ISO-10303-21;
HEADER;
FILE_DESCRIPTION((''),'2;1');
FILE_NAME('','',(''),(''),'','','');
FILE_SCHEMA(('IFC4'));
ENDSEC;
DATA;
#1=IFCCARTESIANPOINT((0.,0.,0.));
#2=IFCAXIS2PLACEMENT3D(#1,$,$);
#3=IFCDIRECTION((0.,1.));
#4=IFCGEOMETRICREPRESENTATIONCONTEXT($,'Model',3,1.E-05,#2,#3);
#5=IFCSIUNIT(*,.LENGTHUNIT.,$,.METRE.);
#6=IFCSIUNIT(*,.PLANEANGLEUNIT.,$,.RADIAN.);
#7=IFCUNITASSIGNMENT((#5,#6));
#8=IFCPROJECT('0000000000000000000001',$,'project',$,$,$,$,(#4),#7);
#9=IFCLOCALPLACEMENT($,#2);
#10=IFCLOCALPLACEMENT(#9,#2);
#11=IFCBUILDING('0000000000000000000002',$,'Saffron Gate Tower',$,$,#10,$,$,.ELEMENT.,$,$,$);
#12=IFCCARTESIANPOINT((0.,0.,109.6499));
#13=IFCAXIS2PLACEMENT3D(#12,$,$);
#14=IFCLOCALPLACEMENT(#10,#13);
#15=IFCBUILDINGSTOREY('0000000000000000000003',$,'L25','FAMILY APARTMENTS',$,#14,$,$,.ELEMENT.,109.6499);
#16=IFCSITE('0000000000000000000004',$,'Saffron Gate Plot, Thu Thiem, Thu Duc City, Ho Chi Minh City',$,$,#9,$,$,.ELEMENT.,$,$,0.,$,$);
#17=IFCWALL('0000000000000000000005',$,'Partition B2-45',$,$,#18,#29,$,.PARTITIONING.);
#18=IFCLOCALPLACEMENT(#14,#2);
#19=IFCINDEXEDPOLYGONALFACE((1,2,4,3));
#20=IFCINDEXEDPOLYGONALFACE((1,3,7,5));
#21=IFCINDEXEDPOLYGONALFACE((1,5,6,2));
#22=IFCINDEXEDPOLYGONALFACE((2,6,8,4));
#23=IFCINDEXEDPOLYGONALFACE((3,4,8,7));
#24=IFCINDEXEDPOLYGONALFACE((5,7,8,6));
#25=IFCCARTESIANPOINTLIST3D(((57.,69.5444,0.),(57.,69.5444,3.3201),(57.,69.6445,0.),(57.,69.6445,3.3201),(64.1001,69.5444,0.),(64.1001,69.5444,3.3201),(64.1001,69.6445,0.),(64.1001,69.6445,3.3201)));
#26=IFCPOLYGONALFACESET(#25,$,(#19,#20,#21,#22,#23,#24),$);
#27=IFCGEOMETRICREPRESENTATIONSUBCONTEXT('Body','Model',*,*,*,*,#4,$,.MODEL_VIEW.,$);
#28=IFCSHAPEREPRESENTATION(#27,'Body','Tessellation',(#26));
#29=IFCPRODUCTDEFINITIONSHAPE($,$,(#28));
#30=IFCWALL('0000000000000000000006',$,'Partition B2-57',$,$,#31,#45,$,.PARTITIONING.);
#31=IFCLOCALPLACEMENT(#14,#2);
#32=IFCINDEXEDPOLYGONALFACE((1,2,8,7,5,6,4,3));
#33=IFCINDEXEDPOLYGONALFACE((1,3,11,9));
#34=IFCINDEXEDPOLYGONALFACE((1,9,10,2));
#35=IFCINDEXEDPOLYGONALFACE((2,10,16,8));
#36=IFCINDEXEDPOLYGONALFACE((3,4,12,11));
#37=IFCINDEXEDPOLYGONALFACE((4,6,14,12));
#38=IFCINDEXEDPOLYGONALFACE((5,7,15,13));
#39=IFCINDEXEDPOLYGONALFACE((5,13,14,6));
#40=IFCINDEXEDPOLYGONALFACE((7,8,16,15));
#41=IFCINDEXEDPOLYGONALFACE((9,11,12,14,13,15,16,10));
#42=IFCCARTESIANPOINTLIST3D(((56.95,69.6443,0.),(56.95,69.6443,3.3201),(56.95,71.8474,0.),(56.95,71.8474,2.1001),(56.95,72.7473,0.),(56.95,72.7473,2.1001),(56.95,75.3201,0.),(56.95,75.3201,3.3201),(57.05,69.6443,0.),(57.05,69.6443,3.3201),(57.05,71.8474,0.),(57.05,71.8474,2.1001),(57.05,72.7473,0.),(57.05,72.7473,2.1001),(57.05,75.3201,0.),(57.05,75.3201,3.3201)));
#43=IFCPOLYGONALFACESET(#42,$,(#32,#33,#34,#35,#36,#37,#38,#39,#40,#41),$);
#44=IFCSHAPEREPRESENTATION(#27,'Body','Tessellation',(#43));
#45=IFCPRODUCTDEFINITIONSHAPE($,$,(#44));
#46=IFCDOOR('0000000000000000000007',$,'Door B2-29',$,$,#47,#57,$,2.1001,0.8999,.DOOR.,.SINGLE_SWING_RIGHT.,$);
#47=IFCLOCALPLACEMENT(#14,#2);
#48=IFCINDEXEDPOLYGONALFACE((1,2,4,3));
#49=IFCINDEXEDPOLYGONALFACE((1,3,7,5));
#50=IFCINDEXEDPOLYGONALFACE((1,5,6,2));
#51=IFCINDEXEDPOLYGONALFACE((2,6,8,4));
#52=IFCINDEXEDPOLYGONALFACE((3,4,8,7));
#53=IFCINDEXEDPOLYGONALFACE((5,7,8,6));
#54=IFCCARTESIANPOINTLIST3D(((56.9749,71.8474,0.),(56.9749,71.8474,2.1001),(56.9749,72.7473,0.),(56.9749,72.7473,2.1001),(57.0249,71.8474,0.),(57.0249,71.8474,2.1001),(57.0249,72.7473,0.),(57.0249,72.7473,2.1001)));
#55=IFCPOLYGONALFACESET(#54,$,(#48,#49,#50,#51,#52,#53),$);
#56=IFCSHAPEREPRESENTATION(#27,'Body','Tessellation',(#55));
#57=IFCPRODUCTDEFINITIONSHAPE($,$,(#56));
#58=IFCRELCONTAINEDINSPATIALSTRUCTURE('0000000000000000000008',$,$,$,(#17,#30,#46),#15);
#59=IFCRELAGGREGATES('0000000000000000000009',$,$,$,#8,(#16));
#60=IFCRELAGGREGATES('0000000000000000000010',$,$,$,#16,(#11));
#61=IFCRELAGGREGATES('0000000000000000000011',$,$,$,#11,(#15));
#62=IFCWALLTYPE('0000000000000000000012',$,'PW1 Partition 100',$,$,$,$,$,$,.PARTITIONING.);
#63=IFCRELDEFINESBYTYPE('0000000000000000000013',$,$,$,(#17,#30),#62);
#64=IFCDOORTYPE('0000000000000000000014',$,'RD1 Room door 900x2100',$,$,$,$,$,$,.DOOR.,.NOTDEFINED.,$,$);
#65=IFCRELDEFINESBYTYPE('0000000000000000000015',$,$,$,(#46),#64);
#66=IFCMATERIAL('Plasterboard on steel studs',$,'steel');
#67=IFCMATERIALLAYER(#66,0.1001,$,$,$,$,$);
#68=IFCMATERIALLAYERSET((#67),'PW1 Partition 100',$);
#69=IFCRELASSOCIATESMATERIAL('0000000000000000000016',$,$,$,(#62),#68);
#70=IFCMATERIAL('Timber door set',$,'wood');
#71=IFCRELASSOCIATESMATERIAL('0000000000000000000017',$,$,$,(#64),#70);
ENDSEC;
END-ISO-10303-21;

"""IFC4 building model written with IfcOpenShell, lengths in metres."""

from ifc_helpers import new_model, si_unit, direction, frame, frame_2d, origin, place, context, subcontext, project, spatial, rectangle, extrude, material, layer, layer_set, type_object, element, fill, save


model = new_model("IFC4")

# Units and contexts
model_context = context("Model", 3, precision=1e-05, world=origin(), true_north=direction((0.0, 1.0)))
body_context = subcontext(model_context, "Body", "Model", "MODEL_VIEW")
ifc_project = project(units=[si_unit("LENGTHUNIT", "METRE"), si_unit("PLANEANGLEUNIT", "RADIAN")], contexts=[model_context])

# Site, building, storey
site_placement = place(None, origin())
site = spatial("IfcSite", under=ifc_project, at=site_placement, Name="Saffron Gate Plot, Thu Thiem, Thu Duc City, Ho Chi Minh City", CompositionType="ELEMENT", RefElevation=0.0)
building_placement = place(site_placement, origin())
building = spatial("IfcBuilding", under=site, at=building_placement, Name="Saffron Gate Tower", CompositionType="ELEMENT")
storey_placement = place(building_placement, frame((0.0, 0.0, 109.6499)))
storey = spatial("IfcBuildingStorey", under=building, at=storey_placement, Name="L25", Description="FAMILY APARTMENTS", CompositionType="ELEMENT", Elevation=109.6499)

# Wall
ifc_material_1 = material(Name="Plasterboard on steel studs", Category="steel")
ifc_layer_1 = layer(ifc_material_1, 0.1001)
ifc_layer_set_1 = layer_set([ifc_layer_1], Name="PW1 Partition 100")
wall_type_1 = type_object("IfcWallType", Name="PW1 Partition 100", PredefinedType="PARTITIONING", material=ifc_layer_set_1)
wall_1_placement = place(storey_placement, frame((57.0, 69.5945, 0.0), z_axis=(0.0, 0.0, 1.0), x_axis=(1.0, 0.0, 0.0)))
element("IfcWall", 1, at=wall_1_placement, inside=storey, type_object=wall_type_1, Name="Partition B2-45", PredefinedType="PARTITIONING", context=body_context, shape_type="SweptSolid", body=[
    extrude(rectangle(XDim=7.1001, YDim=0.1001, at=frame_2d((3.55, 0.0))), origin(), (0.0, 0.0, 1.0), 3.3201),
])

# Wall, opening, door
wall_2_placement = place(storey_placement, frame((57.0, 75.3201, 0.0), z_axis=(0.0, 0.0, 1.0), x_axis=(0.0, -1.0, 0.0)))
wall_2 = element("IfcWall", 2, at=wall_2_placement, inside=storey, type_object=wall_type_1, Name="Partition B2-57", PredefinedType="PARTITIONING", context=body_context, shape_type="SweptSolid", body=[
    extrude(rectangle(XDim=5.6758, YDim=0.1001, at=frame_2d((2.8379, 0.0))), origin(), (0.0, 0.0, 1.0), 3.3201),
])
opening_1_placement = place(wall_2_placement, frame((2.5728, 0.0, 0.0)))
opening_1 = element("IfcOpeningElement", 3, at=opening_1_placement, cuts=wall_2, PredefinedType="OPENING", context=body_context, shape_type="SweptSolid", body=[
    extrude(rectangle(XDim=0.8999, YDim=2.1001, at=frame_2d((0.45, 1.05))), frame((0.0, 0.0601, 0.0), z_axis=(0.0, -1.0, 0.0), x_axis=(1.0, 0.0, 0.0)), (0.0, 0.0, 1.0), 0.1201),
])
ifc_material_2 = material(Name="Timber door set", Category="wood")
door_type_1 = type_object("IfcDoorType", Name="RD1 Room door 900x2100", OperationType="NOTDEFINED", PredefinedType="DOOR", material=ifc_material_2)
door_1_placement = place(opening_1_placement, origin())
door_1 = element("IfcDoor", 4, at=door_1_placement, inside=storey, type_object=door_type_1, Name="Door B2-29", OperationType="SINGLE_SWING_RIGHT", OverallHeight=2.1001, OverallWidth=0.8999, PredefinedType="DOOR", context=body_context, shape_type="SweptSolid", body=[
    extrude(rectangle(XDim=0.8999, YDim=2.1001, at=frame_2d((0.45, 1.05))), frame((0.0, 0.0249, 0.0), z_axis=(0.0, -1.0, 0.0), x_axis=(1.0, 0.0, 0.0)), (0.0, 0.0, 1.0), 0.05),
])
fill(opening_1, door_1)

save(model, "model.ifc")
